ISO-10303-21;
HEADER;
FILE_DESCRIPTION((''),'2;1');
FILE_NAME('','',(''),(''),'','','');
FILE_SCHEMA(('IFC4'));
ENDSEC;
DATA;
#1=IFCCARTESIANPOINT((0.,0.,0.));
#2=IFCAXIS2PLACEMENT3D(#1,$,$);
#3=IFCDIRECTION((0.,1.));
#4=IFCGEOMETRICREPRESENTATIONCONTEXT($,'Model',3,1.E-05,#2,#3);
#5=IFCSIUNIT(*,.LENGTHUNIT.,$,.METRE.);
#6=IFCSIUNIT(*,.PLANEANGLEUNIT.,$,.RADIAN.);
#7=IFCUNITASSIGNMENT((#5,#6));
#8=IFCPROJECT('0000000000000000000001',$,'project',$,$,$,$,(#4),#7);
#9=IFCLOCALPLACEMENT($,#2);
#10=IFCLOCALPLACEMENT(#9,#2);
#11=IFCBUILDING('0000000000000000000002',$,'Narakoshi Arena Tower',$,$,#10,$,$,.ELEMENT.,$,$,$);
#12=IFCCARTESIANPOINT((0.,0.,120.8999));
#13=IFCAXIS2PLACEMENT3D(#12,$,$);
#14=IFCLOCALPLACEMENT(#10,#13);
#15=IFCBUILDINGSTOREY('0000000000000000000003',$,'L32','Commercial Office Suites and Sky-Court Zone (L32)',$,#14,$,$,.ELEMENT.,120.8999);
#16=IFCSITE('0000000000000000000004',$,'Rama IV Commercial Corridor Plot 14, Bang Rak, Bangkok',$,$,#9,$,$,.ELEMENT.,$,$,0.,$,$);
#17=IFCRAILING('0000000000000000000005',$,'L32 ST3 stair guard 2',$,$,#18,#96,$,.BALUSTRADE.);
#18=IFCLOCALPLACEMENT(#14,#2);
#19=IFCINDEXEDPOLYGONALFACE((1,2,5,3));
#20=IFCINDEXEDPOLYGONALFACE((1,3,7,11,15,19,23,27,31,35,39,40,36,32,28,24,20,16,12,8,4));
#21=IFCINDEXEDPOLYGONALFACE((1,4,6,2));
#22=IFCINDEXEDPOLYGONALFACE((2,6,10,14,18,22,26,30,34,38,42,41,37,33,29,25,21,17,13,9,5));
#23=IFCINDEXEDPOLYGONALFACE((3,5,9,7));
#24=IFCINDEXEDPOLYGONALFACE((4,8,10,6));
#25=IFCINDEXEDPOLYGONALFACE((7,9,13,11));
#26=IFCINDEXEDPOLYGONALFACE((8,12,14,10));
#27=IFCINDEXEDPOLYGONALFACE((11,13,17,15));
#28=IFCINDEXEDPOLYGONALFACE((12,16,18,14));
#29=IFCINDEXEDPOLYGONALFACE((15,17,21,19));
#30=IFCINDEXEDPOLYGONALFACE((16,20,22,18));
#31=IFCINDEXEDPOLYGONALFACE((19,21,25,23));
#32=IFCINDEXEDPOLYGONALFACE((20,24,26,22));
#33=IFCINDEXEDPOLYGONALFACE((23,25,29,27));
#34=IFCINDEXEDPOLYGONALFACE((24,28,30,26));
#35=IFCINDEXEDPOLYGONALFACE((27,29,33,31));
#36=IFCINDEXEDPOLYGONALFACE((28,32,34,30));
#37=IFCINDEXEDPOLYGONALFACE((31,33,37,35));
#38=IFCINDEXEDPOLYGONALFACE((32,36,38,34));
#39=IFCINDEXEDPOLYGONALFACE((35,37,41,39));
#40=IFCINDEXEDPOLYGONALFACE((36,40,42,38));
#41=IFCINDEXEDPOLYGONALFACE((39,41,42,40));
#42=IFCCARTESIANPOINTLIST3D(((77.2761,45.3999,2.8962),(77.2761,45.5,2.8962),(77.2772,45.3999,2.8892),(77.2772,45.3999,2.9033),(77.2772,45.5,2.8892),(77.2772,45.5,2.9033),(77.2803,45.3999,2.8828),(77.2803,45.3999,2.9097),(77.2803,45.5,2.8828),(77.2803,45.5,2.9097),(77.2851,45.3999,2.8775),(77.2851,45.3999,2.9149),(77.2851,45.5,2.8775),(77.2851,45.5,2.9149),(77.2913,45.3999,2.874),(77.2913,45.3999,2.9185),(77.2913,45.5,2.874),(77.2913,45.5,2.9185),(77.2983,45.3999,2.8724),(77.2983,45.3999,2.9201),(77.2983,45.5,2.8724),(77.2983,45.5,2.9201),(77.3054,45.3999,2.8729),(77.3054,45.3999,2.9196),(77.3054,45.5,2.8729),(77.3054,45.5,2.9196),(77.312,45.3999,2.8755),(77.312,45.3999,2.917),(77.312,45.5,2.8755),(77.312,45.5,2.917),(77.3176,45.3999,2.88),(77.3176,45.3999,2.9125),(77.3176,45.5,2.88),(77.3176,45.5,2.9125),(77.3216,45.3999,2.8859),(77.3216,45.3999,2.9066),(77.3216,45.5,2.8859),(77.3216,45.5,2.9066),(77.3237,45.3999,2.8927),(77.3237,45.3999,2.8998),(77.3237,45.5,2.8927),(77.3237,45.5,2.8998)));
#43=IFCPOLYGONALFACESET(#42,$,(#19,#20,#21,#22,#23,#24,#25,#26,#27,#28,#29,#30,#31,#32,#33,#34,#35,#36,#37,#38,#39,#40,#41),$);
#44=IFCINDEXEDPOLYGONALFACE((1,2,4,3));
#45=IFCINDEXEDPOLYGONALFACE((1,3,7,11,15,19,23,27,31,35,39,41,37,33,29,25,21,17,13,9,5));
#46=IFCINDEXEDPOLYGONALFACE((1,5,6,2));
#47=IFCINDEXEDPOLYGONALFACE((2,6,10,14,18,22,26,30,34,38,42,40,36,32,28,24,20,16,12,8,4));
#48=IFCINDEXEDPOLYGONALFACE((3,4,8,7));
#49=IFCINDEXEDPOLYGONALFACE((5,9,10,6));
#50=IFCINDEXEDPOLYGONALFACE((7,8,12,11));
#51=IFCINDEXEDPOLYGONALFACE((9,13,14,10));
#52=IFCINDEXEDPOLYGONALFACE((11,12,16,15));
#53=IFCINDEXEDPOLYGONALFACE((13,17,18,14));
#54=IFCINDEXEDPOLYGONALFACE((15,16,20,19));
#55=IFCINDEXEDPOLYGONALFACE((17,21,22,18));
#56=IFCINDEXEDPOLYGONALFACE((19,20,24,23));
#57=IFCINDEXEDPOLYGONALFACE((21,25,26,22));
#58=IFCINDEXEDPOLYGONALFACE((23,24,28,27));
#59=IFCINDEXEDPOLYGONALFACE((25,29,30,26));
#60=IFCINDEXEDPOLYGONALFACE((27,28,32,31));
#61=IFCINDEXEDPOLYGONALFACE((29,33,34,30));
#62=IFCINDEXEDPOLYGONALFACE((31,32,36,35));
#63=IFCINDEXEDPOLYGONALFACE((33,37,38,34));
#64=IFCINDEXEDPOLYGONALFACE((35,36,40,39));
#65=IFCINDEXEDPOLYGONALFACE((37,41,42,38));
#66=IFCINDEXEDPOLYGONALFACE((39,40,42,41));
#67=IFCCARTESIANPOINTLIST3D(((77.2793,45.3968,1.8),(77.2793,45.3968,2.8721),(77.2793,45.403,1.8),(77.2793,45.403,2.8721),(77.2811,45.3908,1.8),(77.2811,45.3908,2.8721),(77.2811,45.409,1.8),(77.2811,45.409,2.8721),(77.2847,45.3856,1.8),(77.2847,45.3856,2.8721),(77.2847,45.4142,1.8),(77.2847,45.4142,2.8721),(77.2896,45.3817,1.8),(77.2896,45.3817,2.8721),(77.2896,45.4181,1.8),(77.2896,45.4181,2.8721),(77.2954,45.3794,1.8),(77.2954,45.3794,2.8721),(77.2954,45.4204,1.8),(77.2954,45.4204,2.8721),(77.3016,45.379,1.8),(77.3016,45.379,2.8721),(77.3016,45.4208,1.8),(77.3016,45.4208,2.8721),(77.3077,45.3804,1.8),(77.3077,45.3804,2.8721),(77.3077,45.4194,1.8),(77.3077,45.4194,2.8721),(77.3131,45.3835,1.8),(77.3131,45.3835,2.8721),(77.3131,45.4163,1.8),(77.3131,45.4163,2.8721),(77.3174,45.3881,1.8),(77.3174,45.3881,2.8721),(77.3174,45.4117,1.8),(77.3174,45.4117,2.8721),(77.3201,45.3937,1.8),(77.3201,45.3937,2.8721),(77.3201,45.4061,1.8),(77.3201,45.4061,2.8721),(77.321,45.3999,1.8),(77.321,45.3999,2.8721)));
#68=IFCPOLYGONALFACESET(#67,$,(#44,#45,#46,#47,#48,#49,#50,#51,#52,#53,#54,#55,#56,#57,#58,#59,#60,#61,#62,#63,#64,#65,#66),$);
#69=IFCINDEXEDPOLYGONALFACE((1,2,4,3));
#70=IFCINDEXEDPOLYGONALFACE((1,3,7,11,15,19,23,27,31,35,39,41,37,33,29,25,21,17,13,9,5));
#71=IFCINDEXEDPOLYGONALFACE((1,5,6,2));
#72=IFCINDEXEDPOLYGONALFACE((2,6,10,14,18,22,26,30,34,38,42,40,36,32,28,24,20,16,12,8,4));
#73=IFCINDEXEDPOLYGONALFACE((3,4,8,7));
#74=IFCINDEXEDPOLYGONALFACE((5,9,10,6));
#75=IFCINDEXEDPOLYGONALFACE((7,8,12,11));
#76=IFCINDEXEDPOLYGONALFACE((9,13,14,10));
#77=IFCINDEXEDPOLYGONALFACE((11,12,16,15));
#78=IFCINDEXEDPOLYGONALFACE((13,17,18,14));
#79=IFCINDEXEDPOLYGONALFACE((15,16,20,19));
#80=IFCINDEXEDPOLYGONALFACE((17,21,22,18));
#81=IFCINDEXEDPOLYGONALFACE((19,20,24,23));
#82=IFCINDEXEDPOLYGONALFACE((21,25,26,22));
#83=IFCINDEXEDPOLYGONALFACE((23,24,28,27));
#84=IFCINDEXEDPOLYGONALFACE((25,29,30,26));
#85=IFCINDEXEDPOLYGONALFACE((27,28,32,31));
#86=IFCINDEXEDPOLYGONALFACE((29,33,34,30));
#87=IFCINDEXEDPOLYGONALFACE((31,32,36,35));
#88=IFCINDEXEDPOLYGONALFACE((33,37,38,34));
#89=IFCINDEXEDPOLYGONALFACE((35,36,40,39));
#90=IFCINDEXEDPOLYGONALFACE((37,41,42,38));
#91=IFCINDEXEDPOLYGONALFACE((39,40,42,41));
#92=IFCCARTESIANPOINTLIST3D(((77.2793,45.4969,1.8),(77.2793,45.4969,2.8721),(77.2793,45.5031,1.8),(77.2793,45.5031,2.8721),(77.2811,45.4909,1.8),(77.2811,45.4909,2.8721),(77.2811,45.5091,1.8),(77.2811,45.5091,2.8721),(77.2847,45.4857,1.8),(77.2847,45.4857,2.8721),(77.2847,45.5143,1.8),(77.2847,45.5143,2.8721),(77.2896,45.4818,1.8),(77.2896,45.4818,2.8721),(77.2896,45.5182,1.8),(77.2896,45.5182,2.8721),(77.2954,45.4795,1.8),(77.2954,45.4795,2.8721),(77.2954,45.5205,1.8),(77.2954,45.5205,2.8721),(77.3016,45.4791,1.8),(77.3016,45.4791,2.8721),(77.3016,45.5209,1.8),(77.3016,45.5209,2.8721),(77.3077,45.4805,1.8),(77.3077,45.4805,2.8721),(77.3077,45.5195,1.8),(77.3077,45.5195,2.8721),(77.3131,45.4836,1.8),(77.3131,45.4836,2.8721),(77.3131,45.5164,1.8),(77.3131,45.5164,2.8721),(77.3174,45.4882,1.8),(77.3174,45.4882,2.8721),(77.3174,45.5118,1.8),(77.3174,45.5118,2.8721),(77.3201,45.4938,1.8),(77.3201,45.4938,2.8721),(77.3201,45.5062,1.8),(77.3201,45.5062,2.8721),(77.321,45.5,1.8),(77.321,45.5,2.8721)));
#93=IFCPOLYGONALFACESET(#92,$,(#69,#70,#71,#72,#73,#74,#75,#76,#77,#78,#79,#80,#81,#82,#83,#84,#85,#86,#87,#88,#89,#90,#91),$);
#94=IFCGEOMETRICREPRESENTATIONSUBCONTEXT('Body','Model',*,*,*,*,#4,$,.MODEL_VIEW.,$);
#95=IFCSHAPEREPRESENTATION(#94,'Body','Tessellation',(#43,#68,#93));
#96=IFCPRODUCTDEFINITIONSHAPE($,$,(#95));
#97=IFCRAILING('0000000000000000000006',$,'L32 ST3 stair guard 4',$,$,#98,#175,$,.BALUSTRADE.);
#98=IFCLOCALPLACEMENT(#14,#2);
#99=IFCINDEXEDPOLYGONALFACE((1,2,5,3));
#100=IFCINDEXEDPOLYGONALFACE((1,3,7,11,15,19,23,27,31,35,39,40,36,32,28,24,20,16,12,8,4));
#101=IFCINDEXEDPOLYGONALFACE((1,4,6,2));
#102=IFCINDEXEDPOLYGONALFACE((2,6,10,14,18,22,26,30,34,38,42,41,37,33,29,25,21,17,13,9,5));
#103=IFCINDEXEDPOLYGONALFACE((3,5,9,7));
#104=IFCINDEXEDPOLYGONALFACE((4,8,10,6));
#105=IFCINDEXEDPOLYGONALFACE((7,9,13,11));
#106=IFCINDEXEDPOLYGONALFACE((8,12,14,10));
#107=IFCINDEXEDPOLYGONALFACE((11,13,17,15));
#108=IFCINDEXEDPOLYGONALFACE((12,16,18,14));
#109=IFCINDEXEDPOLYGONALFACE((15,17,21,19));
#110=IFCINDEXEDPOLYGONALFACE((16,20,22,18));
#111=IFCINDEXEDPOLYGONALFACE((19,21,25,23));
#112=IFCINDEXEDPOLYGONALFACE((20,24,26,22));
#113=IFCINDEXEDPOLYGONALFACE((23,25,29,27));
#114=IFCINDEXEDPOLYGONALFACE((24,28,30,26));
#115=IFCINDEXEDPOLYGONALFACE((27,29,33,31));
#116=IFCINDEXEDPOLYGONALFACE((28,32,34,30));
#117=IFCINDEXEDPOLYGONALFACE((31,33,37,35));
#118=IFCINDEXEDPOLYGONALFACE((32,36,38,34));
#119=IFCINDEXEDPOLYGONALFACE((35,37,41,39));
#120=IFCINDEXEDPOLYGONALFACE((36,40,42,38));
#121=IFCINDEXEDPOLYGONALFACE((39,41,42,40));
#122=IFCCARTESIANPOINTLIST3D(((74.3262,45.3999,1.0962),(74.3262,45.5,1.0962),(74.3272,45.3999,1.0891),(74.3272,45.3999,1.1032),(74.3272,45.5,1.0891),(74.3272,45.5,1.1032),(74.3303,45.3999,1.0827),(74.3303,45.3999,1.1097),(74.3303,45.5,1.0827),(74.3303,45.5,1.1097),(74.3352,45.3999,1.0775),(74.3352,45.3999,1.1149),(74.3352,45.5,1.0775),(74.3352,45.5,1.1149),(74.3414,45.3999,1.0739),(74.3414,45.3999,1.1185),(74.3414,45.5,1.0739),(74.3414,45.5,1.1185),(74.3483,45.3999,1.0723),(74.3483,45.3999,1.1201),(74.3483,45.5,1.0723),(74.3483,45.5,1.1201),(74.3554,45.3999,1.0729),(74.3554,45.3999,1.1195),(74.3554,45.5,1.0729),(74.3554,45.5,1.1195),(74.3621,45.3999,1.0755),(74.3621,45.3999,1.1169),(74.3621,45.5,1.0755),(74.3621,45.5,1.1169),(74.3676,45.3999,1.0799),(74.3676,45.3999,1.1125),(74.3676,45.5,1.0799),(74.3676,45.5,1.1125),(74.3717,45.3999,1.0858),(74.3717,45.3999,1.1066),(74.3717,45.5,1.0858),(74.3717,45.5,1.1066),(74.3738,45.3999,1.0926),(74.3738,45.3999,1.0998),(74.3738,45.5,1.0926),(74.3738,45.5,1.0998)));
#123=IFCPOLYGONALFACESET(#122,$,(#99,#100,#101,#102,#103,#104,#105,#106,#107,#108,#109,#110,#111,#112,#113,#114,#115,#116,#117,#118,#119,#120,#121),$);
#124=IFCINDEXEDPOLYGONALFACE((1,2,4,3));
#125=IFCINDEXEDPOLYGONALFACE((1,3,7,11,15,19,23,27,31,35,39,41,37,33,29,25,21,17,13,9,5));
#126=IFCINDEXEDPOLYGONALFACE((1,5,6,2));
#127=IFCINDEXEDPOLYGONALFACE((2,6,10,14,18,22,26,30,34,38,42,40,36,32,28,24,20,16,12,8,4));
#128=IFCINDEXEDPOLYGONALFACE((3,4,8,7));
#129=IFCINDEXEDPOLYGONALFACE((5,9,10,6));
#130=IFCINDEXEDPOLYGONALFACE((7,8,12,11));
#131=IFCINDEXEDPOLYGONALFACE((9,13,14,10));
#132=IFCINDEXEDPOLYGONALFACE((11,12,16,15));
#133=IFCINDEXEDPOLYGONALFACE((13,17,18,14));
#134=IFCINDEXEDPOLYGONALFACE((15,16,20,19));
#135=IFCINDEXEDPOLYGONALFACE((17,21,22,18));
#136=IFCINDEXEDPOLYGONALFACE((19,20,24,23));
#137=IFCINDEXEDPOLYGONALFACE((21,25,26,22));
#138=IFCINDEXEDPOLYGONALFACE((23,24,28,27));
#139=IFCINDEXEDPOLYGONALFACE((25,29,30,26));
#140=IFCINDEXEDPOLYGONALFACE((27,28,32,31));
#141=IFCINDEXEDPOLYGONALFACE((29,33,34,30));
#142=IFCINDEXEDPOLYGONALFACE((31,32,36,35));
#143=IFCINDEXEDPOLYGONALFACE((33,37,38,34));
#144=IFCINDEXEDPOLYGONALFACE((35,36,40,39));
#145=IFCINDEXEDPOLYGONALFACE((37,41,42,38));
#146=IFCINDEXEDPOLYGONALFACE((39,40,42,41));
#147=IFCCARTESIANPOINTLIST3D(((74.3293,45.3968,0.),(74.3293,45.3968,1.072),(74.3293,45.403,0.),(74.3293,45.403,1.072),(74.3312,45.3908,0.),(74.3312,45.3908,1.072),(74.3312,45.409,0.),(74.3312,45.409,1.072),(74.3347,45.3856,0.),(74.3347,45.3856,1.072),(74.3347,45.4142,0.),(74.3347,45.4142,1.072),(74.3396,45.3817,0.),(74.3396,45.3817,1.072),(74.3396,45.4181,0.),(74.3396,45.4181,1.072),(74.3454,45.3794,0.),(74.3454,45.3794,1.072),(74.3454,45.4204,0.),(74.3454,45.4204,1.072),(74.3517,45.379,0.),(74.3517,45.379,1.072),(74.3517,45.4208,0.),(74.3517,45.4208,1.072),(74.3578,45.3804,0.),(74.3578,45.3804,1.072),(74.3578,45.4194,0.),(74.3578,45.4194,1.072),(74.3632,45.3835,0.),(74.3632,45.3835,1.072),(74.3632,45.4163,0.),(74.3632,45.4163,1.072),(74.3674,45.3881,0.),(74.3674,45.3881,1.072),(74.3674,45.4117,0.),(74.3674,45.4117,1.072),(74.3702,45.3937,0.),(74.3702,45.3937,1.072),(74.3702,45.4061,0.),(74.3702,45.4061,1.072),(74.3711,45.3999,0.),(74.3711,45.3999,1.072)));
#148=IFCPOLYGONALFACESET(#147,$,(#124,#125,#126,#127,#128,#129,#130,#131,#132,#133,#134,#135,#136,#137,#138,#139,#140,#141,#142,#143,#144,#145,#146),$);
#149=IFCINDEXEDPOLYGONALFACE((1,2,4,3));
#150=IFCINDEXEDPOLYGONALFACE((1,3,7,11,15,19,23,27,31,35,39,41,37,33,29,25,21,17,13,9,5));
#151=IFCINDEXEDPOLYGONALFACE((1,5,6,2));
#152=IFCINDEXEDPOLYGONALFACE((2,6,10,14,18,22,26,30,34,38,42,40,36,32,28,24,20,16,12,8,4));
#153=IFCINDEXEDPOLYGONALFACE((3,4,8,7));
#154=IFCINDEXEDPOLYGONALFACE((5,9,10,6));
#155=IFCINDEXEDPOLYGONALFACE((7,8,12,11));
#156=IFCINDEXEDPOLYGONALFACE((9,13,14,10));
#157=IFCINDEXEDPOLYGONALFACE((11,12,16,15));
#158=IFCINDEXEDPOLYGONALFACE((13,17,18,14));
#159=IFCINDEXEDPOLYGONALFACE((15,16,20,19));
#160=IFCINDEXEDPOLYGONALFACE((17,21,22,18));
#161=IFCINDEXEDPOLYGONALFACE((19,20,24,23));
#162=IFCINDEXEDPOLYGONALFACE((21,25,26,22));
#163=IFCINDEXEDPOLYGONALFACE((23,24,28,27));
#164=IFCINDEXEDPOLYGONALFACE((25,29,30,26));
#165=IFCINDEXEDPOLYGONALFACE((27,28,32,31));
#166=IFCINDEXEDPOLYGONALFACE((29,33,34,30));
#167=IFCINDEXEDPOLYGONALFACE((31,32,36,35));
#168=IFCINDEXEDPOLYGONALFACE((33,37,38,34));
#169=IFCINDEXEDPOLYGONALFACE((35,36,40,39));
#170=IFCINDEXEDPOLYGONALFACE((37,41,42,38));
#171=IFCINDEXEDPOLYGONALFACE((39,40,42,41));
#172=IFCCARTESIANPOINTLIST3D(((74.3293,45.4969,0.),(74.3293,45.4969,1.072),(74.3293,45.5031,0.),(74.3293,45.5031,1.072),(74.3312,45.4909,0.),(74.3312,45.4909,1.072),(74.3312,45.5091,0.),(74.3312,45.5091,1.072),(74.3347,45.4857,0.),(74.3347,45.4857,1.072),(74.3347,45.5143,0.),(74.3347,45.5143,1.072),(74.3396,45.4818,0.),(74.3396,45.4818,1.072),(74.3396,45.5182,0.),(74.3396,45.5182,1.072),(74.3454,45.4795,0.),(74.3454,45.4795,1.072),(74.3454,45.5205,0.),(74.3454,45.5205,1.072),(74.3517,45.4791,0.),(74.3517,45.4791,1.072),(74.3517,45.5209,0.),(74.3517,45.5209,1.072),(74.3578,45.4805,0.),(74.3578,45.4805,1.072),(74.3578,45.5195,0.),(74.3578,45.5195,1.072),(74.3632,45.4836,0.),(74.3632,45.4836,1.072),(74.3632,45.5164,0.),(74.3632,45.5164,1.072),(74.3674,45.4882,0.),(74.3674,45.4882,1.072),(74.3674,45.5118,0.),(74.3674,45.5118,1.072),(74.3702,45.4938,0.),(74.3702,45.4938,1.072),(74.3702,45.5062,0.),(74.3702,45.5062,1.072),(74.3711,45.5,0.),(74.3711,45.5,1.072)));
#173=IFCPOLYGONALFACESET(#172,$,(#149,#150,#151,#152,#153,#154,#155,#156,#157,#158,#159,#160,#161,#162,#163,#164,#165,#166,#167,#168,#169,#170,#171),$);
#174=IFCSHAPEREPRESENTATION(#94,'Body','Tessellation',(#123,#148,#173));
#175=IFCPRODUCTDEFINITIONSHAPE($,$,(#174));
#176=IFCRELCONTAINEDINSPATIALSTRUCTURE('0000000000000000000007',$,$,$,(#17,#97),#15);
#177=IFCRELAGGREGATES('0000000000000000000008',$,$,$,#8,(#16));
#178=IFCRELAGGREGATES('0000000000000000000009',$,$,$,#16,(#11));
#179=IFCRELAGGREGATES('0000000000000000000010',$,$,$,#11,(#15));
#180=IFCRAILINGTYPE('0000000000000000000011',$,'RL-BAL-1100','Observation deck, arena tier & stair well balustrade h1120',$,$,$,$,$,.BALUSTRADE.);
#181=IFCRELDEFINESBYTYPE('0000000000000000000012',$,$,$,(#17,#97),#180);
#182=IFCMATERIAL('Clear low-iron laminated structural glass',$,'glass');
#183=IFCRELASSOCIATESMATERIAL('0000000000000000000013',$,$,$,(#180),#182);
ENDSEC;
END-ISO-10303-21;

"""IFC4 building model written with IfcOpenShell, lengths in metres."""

from ifc_helpers import new_model, si_unit, direction, frame, origin, origin_2d, place, context, subcontext, project, spatial, circle, extrude, material, type_object, element, save


model = new_model("IFC4")

# Units and contexts
model_context = context("Model", 3, precision=1e-05, world=origin(), true_north=direction((0.0, 1.0)))
body_context = subcontext(model_context, "Body", "Model", "MODEL_VIEW")
ifc_project = project(units=[si_unit("LENGTHUNIT", "METRE"), si_unit("PLANEANGLEUNIT", "RADIAN")], contexts=[model_context])

# Site, building, storey
site_placement = place(None, origin())
site = spatial("IfcSite", under=ifc_project, at=site_placement, Name="Rama IV Commercial Corridor Plot 14, Bang Rak, Bangkok", CompositionType="ELEMENT", RefElevation=0.0)
building_placement = place(site_placement, origin())
building = spatial("IfcBuilding", under=site, at=building_placement, Name="Narakoshi Arena Tower", CompositionType="ELEMENT")
storey_placement = place(building_placement, frame((0.0, 0.0, 120.8999)))
storey = spatial("IfcBuildingStorey", under=building, at=storey_placement, Name="L32", Description="Commercial Office Suites and Sky-Court Zone (L32)", CompositionType="ELEMENT", Elevation=120.8999)

# Railings
ifc_material_1 = material(Name="Clear low-iron laminated structural glass", Category="glass")
railing_type_1 = type_object("IfcRailingType", Name="RL-BAL-1100", Description="Observation deck, arena tier & stair well balustrade h1120", PredefinedType="BALUSTRADE", material=ifc_material_1)
for number, where, name in (
    (1, (77.3, 45.3999, 1.8), "L32 ST3 stair guard 2"),
    (2, (74.3501, 45.3999, 0.0), "L32 ST3 stair guard 4"),
):
    element("IfcRailing", number, at=place(storey_placement, frame(where)), inside=storey, type_object=railing_type_1, Name=name, PredefinedType="BALUSTRADE", context=body_context, shape_type="SweptSolid", body=[
        extrude(circle(Radius=0.0239, at=origin_2d()), frame((0.0, 0.0, 1.0962), z_axis=(0.0, 1.0, 0.0), x_axis=(-1.0, 0.0, 0.0)), (0.0, 0.0, 1.0), 0.1001),
        extrude(circle(Radius=0.021, at=origin_2d()), origin(), (0.0, 0.0, 1.0), 1.072),
        extrude(circle(Radius=0.021, at=origin_2d()), frame((0.0, 0.1001, 0.0)), (0.0, 0.0, 1.0), 1.072),
    ])

save(model, "model.ifc")
